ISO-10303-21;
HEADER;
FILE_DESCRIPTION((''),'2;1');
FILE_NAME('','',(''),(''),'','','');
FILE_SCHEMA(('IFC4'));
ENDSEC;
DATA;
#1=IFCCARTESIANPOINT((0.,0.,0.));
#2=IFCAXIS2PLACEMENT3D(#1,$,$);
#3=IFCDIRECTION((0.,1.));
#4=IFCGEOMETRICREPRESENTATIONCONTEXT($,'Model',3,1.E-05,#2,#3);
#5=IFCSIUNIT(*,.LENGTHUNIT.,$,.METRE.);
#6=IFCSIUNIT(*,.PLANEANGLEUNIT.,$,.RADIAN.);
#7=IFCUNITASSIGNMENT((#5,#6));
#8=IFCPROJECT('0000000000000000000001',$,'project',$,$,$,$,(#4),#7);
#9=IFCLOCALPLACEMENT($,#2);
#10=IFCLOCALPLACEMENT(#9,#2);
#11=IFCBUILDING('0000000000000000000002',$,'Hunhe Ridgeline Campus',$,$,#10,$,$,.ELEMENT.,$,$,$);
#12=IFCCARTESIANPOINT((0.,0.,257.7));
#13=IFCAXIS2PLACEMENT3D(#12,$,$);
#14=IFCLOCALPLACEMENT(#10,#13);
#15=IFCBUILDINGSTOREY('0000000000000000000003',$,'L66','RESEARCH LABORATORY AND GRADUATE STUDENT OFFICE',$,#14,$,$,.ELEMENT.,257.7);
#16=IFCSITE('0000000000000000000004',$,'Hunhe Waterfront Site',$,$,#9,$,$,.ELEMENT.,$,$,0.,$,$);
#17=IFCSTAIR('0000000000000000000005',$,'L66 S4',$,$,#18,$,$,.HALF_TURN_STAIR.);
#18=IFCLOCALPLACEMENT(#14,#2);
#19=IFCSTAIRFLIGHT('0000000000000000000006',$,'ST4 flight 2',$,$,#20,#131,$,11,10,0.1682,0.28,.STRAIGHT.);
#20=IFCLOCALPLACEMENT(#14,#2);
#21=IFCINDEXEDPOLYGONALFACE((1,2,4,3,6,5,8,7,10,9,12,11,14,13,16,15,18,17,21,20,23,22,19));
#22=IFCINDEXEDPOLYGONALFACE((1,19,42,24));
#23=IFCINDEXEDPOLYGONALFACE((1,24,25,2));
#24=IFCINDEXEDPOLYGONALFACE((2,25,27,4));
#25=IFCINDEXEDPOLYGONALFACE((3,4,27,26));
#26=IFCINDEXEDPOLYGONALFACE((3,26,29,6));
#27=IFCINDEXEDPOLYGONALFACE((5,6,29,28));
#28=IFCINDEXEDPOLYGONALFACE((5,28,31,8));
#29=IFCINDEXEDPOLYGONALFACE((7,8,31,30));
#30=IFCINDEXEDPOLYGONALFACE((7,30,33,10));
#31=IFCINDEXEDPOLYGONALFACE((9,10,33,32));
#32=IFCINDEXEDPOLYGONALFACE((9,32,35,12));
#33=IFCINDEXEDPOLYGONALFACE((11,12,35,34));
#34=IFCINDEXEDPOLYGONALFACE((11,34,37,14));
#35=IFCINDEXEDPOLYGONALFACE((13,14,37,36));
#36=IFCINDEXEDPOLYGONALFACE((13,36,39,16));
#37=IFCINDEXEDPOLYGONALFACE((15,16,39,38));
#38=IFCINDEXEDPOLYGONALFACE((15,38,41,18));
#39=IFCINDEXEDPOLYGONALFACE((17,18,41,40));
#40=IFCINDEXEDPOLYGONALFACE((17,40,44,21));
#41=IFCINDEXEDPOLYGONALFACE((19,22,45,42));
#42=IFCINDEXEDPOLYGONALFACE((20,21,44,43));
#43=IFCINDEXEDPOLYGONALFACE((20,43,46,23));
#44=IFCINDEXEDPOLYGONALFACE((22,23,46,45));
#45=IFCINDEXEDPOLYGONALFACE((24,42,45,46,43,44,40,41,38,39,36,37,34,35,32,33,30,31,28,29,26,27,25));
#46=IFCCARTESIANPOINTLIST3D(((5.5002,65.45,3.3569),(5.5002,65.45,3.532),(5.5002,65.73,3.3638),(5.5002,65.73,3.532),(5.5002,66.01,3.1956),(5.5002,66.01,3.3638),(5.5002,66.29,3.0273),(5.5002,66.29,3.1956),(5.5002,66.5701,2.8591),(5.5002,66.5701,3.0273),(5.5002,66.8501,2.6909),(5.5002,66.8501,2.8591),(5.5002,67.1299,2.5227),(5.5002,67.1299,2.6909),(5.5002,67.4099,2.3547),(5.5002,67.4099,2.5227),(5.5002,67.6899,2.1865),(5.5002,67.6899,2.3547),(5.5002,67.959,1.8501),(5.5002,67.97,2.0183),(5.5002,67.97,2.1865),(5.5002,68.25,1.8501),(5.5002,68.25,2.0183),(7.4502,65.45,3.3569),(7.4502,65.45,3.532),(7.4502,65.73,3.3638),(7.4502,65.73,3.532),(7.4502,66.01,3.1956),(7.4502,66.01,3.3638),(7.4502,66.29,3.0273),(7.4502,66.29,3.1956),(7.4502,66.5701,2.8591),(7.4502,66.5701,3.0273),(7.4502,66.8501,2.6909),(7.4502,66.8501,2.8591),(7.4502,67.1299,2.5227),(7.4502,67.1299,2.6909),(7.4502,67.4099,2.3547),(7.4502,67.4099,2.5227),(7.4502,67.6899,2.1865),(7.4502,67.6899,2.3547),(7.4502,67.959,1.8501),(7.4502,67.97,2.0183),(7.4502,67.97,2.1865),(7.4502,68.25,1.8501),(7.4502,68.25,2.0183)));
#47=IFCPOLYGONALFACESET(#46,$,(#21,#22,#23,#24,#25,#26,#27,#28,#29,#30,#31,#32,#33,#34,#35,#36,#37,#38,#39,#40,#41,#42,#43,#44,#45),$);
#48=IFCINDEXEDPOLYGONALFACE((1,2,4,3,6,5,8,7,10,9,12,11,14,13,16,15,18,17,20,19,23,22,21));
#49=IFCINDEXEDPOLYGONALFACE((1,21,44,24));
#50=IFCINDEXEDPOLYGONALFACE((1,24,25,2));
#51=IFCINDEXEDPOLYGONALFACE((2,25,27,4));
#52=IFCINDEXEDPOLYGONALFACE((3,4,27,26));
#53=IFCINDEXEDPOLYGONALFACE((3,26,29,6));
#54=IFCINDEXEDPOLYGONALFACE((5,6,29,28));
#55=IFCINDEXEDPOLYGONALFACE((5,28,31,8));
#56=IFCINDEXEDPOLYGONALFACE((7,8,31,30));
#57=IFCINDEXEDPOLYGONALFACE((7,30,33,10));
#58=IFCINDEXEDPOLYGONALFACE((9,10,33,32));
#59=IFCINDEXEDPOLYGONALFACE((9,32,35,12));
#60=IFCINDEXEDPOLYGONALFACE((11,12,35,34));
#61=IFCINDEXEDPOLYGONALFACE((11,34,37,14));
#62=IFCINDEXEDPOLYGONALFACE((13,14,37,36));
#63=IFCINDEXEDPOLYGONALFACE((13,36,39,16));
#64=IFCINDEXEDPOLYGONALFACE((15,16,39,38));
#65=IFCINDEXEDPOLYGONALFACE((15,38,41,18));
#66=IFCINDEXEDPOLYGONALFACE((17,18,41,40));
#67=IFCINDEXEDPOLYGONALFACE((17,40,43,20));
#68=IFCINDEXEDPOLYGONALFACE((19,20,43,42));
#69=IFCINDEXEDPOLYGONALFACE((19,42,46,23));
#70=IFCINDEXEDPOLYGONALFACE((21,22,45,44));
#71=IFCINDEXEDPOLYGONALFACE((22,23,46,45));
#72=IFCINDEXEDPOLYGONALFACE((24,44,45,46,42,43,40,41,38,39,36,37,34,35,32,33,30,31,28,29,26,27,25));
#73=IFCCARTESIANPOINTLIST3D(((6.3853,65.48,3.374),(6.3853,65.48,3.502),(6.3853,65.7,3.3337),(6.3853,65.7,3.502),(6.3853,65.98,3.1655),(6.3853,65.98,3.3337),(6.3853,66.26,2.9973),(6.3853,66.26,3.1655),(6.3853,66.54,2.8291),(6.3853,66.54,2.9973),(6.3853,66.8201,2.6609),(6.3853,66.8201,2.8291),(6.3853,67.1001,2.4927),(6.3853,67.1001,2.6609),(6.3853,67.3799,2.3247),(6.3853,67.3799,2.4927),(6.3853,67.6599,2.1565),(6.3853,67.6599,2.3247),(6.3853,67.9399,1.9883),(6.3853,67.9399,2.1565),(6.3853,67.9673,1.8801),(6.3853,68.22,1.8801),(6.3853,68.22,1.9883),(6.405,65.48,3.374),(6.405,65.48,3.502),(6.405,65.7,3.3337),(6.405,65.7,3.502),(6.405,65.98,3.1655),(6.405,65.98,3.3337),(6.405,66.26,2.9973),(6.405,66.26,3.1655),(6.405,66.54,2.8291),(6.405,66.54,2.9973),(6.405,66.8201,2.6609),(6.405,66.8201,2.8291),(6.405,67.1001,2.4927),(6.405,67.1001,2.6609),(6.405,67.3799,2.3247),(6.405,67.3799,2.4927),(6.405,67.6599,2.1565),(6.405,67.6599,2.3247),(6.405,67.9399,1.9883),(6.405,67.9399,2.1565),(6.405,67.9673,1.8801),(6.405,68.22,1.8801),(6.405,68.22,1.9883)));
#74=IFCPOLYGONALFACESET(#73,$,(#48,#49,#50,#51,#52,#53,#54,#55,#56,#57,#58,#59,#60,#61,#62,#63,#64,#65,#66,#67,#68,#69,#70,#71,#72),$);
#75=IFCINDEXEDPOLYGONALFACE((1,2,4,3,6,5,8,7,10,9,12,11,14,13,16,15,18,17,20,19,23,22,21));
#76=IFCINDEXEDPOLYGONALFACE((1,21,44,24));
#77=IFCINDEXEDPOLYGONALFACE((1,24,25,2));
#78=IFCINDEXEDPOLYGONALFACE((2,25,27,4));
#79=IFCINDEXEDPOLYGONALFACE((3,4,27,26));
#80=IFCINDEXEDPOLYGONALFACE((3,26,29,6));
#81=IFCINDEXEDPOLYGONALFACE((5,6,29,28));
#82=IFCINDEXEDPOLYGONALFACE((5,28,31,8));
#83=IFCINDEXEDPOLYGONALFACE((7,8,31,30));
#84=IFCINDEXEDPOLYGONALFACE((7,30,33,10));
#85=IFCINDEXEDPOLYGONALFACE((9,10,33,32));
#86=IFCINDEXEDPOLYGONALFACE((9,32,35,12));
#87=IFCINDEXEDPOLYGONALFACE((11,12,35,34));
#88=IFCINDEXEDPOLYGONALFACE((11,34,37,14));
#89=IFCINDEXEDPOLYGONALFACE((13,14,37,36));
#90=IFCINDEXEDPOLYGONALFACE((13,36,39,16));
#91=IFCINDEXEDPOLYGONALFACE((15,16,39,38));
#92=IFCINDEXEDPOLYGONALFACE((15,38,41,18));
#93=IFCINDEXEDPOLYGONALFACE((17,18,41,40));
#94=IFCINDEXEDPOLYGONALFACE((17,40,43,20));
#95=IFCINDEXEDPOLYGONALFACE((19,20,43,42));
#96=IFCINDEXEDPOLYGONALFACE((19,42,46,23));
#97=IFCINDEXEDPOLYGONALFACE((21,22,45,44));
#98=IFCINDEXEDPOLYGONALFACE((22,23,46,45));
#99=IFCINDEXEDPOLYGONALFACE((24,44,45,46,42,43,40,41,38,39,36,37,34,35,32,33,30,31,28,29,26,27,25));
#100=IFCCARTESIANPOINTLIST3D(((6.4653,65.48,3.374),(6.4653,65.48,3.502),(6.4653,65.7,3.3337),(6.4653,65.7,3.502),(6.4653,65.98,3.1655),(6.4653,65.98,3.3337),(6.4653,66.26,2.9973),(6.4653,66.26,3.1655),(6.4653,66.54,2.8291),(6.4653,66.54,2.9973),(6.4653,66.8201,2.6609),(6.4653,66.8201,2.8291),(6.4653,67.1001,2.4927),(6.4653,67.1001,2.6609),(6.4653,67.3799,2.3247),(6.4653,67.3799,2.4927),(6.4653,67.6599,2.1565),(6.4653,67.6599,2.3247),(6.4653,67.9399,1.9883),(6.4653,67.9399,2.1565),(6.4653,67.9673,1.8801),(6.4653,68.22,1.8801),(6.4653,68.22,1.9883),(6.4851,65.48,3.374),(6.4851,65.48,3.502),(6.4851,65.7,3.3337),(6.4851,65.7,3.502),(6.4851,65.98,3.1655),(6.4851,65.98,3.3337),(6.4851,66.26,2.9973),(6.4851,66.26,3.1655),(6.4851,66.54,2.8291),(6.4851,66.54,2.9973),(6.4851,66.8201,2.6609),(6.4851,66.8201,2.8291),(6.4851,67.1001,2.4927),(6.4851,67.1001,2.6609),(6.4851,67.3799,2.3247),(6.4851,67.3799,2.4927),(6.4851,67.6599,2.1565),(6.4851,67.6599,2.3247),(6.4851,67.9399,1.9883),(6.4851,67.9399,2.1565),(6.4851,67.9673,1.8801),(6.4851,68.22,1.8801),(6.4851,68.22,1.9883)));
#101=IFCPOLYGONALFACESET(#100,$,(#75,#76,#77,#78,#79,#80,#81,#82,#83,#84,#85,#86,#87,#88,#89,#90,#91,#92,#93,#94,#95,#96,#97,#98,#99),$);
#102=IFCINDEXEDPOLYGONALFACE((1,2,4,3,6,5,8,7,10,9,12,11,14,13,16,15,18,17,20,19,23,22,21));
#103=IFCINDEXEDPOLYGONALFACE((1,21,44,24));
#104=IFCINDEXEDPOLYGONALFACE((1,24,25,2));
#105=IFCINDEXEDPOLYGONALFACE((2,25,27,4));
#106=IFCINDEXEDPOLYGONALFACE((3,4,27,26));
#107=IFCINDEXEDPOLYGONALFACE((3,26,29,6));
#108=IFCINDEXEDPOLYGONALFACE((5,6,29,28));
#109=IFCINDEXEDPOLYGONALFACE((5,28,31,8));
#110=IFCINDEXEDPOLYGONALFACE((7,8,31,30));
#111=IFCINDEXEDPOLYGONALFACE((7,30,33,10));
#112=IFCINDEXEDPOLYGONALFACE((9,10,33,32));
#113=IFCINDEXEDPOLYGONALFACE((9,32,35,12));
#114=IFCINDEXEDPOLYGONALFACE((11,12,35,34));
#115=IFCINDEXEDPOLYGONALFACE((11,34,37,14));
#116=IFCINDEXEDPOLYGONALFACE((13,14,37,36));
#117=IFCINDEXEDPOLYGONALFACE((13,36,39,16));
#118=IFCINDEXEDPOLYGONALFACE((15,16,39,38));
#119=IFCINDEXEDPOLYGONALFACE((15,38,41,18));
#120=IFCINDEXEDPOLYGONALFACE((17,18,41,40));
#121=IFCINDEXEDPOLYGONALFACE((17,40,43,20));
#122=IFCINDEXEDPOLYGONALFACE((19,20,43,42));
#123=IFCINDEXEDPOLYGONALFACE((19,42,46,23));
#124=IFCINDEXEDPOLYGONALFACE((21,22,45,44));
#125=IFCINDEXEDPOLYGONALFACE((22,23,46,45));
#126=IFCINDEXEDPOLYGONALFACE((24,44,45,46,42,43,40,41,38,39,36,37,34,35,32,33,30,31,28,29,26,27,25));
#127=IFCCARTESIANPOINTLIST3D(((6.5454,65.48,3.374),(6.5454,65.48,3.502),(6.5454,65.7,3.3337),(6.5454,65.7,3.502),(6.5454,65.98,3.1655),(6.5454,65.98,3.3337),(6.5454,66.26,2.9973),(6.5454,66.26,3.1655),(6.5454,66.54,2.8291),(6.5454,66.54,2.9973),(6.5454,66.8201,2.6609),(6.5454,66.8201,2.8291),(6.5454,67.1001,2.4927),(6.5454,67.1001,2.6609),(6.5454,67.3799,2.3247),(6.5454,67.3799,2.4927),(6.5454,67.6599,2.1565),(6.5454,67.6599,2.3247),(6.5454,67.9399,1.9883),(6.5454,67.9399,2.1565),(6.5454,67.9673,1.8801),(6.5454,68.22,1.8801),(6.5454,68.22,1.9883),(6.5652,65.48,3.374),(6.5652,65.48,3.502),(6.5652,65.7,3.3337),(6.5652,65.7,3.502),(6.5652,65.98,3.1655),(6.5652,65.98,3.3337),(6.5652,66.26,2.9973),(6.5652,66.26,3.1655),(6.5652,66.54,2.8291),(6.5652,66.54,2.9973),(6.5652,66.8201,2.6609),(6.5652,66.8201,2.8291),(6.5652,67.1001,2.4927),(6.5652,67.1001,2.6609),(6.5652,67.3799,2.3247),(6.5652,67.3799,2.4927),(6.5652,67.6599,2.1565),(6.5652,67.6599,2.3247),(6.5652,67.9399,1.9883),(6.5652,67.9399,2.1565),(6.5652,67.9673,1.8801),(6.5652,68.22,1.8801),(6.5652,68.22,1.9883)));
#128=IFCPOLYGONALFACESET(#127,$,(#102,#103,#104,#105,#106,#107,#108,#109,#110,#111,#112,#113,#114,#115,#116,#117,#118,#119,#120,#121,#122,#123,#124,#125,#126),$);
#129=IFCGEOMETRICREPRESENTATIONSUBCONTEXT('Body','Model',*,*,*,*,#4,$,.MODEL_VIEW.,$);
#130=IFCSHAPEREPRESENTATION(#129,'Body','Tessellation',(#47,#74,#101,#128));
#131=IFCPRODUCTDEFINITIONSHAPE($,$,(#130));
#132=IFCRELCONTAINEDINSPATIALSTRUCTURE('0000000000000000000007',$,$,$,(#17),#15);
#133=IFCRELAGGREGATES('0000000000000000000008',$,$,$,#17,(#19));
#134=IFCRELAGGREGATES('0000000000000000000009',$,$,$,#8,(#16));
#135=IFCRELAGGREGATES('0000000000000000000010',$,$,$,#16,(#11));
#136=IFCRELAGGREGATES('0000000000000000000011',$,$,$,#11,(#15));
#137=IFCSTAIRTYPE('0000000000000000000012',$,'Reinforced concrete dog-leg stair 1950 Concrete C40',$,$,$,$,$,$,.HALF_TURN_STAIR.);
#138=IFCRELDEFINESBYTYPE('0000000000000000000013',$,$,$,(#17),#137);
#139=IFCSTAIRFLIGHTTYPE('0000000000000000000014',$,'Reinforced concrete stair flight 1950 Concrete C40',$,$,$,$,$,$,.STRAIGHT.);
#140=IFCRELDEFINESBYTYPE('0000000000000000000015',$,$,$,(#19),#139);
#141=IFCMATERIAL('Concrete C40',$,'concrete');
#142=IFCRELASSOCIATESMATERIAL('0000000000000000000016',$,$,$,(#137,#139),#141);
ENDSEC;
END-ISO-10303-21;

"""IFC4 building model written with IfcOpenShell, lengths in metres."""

from ifc_helpers import new_model, si_unit, direction, frame, origin, place, context, subcontext, project, spatial, polyline, outline, extrude, material, type_object, element, aggregate, save


model = new_model("IFC4")

# Units and contexts
model_context = context("Model", 3, precision=1e-05, world=origin(), true_north=direction((0.0, 1.0)))
body_context = subcontext(model_context, "Body", "Model", "MODEL_VIEW")
ifc_project = project(units=[si_unit("LENGTHUNIT", "METRE"), si_unit("PLANEANGLEUNIT", "RADIAN")], contexts=[model_context])

# Site, building, storey
site_placement = place(None, origin())
site = spatial("IfcSite", under=ifc_project, at=site_placement, Name="Hunhe Waterfront Site", CompositionType="ELEMENT", RefElevation=0.0)
building_placement = place(site_placement, origin())
building = spatial("IfcBuilding", under=site, at=building_placement, Name="Hunhe Ridgeline Campus", CompositionType="ELEMENT")
storey_placement = place(building_placement, frame((0.0, 0.0, 257.7)))
storey = spatial("IfcBuildingStorey", under=building, at=storey_placement, Name="L66", Description="RESEARCH LABORATORY AND GRADUATE STUDENT OFFICE", CompositionType="ELEMENT", Elevation=257.7)

# Stair, stair flight
ifc_material_1 = material(Name="Concrete C40", Category="concrete")
stair_type = type_object("IfcStairType", Name="Reinforced concrete dog-leg stair 1950 Concrete C40", PredefinedType="HALF_TURN_STAIR", material=ifc_material_1)
stair_placement = place(storey_placement, origin())
stair = element("IfcStair", 1, at=stair_placement, inside=storey, type_object=stair_type, Name="L66 S4", PredefinedType="HALF_TURN_STAIR")
stair_flight_type = type_object("IfcStairFlightType", Name="Reinforced concrete stair flight 1950 Concrete C40", PredefinedType="STRAIGHT", material=ifc_material_1)
stair_flight_placement = place(storey_placement, frame((6.4751, 68.25, 1.8501), z_axis=(0.0, 0.0, 1.0), x_axis=(0.0, -1.0, 0.0)))
stair_flight = element("IfcStairFlight", 2, at=stair_flight_placement, type_object=stair_flight_type, Name="ST4 flight 2", NumberOfRisers=11, NumberOfTreads=10, PredefinedType="STRAIGHT", RiserHeight=0.1682, TreadLength=0.28, context=body_context, shape_type="SweptSolid", body=[
    extrude(outline(polyline([(0.0, 0.0), (0.0, 0.1682), (0.28, 0.1682), (0.28, 0.3364), (0.5601, 0.3364), (0.5601, 0.5046), (0.8401, 0.5046), (0.8401, 0.6726), (1.1201, 0.6726), (1.1201, 0.8408), (1.3999, 0.8408), (1.3999, 1.009), (1.6799, 1.009), (1.6799, 1.1772), (1.96, 1.1772), (1.96, 1.3455), (2.24, 1.3455), (2.24, 1.5137), (2.52, 1.5137), (2.52, 1.6819), (2.8, 1.6819), (2.8, 1.8501), (2.8, 1.5068), (0.291, 0.0), (0.0, 0.0)])), frame((0.0, 0.9751, 0.0), z_axis=(0.0, -1.0, 0.0), x_axis=(1.0, 0.0, 0.0)), (0.0, 0.0, 1.0), 1.95),
    extrude(outline(polyline([(0.03, 0.03), (0.03, 0.1382), (0.3101, 0.1382), (0.3101, 0.3064), (0.5901, 0.3064), (0.5901, 0.4746), (0.8701, 0.4746), (0.8701, 0.6426), (1.1499, 0.6426), (1.1499, 0.8108), (1.4299, 0.8108), (1.4299, 0.979), (1.71, 0.979), (1.71, 1.1472), (1.99, 1.1472), (1.99, 1.3154), (2.27, 1.3154), (2.27, 1.4836), (2.55, 1.4836), (2.55, 1.6519), (2.77, 1.6519), (2.77, 1.5239), (0.2827, 0.03), (0.03, 0.03)])), frame((0.0, -0.0701, 0.0), z_axis=(0.0, -1.0, 0.0), x_axis=(1.0, 0.0, 0.0)), (0.0, 0.0, 1.0), 0.0198),
    extrude(outline(polyline([(0.03, 0.03), (0.03, 0.1382), (0.3101, 0.1382), (0.3101, 0.3064), (0.5901, 0.3064), (0.5901, 0.4746), (0.8701, 0.4746), (0.8701, 0.6426), (1.1499, 0.6426), (1.1499, 0.8108), (1.4299, 0.8108), (1.4299, 0.979), (1.71, 0.979), (1.71, 1.1472), (1.99, 1.1472), (1.99, 1.3154), (2.27, 1.3154), (2.27, 1.4836), (2.55, 1.4836), (2.55, 1.6519), (2.77, 1.6519), (2.77, 1.5239), (0.2827, 0.03), (0.03, 0.03)])), frame((0.0, 0.01, 0.0), z_axis=(0.0, -1.0, 0.0), x_axis=(1.0, 0.0, 0.0)), (0.0, 0.0, 1.0), 0.0198),
    extrude(outline(polyline([(0.03, 0.03), (0.03, 0.1382), (0.3101, 0.1382), (0.3101, 0.3064), (0.5901, 0.3064), (0.5901, 0.4746), (0.8701, 0.4746), (0.8701, 0.6426), (1.1499, 0.6426), (1.1499, 0.8108), (1.4299, 0.8108), (1.4299, 0.979), (1.71, 0.979), (1.71, 1.1472), (1.99, 1.1472), (1.99, 1.3154), (2.27, 1.3154), (2.27, 1.4836), (2.55, 1.4836), (2.55, 1.6519), (2.77, 1.6519), (2.77, 1.5239), (0.2827, 0.03), (0.03, 0.03)])), frame((0.0, 0.0901, 0.0), z_axis=(0.0, -1.0, 0.0), x_axis=(1.0, 0.0, 0.0)), (0.0, 0.0, 1.0), 0.0198),
])
aggregate(stair, [stair_flight])

save(model, "model.ifc")
